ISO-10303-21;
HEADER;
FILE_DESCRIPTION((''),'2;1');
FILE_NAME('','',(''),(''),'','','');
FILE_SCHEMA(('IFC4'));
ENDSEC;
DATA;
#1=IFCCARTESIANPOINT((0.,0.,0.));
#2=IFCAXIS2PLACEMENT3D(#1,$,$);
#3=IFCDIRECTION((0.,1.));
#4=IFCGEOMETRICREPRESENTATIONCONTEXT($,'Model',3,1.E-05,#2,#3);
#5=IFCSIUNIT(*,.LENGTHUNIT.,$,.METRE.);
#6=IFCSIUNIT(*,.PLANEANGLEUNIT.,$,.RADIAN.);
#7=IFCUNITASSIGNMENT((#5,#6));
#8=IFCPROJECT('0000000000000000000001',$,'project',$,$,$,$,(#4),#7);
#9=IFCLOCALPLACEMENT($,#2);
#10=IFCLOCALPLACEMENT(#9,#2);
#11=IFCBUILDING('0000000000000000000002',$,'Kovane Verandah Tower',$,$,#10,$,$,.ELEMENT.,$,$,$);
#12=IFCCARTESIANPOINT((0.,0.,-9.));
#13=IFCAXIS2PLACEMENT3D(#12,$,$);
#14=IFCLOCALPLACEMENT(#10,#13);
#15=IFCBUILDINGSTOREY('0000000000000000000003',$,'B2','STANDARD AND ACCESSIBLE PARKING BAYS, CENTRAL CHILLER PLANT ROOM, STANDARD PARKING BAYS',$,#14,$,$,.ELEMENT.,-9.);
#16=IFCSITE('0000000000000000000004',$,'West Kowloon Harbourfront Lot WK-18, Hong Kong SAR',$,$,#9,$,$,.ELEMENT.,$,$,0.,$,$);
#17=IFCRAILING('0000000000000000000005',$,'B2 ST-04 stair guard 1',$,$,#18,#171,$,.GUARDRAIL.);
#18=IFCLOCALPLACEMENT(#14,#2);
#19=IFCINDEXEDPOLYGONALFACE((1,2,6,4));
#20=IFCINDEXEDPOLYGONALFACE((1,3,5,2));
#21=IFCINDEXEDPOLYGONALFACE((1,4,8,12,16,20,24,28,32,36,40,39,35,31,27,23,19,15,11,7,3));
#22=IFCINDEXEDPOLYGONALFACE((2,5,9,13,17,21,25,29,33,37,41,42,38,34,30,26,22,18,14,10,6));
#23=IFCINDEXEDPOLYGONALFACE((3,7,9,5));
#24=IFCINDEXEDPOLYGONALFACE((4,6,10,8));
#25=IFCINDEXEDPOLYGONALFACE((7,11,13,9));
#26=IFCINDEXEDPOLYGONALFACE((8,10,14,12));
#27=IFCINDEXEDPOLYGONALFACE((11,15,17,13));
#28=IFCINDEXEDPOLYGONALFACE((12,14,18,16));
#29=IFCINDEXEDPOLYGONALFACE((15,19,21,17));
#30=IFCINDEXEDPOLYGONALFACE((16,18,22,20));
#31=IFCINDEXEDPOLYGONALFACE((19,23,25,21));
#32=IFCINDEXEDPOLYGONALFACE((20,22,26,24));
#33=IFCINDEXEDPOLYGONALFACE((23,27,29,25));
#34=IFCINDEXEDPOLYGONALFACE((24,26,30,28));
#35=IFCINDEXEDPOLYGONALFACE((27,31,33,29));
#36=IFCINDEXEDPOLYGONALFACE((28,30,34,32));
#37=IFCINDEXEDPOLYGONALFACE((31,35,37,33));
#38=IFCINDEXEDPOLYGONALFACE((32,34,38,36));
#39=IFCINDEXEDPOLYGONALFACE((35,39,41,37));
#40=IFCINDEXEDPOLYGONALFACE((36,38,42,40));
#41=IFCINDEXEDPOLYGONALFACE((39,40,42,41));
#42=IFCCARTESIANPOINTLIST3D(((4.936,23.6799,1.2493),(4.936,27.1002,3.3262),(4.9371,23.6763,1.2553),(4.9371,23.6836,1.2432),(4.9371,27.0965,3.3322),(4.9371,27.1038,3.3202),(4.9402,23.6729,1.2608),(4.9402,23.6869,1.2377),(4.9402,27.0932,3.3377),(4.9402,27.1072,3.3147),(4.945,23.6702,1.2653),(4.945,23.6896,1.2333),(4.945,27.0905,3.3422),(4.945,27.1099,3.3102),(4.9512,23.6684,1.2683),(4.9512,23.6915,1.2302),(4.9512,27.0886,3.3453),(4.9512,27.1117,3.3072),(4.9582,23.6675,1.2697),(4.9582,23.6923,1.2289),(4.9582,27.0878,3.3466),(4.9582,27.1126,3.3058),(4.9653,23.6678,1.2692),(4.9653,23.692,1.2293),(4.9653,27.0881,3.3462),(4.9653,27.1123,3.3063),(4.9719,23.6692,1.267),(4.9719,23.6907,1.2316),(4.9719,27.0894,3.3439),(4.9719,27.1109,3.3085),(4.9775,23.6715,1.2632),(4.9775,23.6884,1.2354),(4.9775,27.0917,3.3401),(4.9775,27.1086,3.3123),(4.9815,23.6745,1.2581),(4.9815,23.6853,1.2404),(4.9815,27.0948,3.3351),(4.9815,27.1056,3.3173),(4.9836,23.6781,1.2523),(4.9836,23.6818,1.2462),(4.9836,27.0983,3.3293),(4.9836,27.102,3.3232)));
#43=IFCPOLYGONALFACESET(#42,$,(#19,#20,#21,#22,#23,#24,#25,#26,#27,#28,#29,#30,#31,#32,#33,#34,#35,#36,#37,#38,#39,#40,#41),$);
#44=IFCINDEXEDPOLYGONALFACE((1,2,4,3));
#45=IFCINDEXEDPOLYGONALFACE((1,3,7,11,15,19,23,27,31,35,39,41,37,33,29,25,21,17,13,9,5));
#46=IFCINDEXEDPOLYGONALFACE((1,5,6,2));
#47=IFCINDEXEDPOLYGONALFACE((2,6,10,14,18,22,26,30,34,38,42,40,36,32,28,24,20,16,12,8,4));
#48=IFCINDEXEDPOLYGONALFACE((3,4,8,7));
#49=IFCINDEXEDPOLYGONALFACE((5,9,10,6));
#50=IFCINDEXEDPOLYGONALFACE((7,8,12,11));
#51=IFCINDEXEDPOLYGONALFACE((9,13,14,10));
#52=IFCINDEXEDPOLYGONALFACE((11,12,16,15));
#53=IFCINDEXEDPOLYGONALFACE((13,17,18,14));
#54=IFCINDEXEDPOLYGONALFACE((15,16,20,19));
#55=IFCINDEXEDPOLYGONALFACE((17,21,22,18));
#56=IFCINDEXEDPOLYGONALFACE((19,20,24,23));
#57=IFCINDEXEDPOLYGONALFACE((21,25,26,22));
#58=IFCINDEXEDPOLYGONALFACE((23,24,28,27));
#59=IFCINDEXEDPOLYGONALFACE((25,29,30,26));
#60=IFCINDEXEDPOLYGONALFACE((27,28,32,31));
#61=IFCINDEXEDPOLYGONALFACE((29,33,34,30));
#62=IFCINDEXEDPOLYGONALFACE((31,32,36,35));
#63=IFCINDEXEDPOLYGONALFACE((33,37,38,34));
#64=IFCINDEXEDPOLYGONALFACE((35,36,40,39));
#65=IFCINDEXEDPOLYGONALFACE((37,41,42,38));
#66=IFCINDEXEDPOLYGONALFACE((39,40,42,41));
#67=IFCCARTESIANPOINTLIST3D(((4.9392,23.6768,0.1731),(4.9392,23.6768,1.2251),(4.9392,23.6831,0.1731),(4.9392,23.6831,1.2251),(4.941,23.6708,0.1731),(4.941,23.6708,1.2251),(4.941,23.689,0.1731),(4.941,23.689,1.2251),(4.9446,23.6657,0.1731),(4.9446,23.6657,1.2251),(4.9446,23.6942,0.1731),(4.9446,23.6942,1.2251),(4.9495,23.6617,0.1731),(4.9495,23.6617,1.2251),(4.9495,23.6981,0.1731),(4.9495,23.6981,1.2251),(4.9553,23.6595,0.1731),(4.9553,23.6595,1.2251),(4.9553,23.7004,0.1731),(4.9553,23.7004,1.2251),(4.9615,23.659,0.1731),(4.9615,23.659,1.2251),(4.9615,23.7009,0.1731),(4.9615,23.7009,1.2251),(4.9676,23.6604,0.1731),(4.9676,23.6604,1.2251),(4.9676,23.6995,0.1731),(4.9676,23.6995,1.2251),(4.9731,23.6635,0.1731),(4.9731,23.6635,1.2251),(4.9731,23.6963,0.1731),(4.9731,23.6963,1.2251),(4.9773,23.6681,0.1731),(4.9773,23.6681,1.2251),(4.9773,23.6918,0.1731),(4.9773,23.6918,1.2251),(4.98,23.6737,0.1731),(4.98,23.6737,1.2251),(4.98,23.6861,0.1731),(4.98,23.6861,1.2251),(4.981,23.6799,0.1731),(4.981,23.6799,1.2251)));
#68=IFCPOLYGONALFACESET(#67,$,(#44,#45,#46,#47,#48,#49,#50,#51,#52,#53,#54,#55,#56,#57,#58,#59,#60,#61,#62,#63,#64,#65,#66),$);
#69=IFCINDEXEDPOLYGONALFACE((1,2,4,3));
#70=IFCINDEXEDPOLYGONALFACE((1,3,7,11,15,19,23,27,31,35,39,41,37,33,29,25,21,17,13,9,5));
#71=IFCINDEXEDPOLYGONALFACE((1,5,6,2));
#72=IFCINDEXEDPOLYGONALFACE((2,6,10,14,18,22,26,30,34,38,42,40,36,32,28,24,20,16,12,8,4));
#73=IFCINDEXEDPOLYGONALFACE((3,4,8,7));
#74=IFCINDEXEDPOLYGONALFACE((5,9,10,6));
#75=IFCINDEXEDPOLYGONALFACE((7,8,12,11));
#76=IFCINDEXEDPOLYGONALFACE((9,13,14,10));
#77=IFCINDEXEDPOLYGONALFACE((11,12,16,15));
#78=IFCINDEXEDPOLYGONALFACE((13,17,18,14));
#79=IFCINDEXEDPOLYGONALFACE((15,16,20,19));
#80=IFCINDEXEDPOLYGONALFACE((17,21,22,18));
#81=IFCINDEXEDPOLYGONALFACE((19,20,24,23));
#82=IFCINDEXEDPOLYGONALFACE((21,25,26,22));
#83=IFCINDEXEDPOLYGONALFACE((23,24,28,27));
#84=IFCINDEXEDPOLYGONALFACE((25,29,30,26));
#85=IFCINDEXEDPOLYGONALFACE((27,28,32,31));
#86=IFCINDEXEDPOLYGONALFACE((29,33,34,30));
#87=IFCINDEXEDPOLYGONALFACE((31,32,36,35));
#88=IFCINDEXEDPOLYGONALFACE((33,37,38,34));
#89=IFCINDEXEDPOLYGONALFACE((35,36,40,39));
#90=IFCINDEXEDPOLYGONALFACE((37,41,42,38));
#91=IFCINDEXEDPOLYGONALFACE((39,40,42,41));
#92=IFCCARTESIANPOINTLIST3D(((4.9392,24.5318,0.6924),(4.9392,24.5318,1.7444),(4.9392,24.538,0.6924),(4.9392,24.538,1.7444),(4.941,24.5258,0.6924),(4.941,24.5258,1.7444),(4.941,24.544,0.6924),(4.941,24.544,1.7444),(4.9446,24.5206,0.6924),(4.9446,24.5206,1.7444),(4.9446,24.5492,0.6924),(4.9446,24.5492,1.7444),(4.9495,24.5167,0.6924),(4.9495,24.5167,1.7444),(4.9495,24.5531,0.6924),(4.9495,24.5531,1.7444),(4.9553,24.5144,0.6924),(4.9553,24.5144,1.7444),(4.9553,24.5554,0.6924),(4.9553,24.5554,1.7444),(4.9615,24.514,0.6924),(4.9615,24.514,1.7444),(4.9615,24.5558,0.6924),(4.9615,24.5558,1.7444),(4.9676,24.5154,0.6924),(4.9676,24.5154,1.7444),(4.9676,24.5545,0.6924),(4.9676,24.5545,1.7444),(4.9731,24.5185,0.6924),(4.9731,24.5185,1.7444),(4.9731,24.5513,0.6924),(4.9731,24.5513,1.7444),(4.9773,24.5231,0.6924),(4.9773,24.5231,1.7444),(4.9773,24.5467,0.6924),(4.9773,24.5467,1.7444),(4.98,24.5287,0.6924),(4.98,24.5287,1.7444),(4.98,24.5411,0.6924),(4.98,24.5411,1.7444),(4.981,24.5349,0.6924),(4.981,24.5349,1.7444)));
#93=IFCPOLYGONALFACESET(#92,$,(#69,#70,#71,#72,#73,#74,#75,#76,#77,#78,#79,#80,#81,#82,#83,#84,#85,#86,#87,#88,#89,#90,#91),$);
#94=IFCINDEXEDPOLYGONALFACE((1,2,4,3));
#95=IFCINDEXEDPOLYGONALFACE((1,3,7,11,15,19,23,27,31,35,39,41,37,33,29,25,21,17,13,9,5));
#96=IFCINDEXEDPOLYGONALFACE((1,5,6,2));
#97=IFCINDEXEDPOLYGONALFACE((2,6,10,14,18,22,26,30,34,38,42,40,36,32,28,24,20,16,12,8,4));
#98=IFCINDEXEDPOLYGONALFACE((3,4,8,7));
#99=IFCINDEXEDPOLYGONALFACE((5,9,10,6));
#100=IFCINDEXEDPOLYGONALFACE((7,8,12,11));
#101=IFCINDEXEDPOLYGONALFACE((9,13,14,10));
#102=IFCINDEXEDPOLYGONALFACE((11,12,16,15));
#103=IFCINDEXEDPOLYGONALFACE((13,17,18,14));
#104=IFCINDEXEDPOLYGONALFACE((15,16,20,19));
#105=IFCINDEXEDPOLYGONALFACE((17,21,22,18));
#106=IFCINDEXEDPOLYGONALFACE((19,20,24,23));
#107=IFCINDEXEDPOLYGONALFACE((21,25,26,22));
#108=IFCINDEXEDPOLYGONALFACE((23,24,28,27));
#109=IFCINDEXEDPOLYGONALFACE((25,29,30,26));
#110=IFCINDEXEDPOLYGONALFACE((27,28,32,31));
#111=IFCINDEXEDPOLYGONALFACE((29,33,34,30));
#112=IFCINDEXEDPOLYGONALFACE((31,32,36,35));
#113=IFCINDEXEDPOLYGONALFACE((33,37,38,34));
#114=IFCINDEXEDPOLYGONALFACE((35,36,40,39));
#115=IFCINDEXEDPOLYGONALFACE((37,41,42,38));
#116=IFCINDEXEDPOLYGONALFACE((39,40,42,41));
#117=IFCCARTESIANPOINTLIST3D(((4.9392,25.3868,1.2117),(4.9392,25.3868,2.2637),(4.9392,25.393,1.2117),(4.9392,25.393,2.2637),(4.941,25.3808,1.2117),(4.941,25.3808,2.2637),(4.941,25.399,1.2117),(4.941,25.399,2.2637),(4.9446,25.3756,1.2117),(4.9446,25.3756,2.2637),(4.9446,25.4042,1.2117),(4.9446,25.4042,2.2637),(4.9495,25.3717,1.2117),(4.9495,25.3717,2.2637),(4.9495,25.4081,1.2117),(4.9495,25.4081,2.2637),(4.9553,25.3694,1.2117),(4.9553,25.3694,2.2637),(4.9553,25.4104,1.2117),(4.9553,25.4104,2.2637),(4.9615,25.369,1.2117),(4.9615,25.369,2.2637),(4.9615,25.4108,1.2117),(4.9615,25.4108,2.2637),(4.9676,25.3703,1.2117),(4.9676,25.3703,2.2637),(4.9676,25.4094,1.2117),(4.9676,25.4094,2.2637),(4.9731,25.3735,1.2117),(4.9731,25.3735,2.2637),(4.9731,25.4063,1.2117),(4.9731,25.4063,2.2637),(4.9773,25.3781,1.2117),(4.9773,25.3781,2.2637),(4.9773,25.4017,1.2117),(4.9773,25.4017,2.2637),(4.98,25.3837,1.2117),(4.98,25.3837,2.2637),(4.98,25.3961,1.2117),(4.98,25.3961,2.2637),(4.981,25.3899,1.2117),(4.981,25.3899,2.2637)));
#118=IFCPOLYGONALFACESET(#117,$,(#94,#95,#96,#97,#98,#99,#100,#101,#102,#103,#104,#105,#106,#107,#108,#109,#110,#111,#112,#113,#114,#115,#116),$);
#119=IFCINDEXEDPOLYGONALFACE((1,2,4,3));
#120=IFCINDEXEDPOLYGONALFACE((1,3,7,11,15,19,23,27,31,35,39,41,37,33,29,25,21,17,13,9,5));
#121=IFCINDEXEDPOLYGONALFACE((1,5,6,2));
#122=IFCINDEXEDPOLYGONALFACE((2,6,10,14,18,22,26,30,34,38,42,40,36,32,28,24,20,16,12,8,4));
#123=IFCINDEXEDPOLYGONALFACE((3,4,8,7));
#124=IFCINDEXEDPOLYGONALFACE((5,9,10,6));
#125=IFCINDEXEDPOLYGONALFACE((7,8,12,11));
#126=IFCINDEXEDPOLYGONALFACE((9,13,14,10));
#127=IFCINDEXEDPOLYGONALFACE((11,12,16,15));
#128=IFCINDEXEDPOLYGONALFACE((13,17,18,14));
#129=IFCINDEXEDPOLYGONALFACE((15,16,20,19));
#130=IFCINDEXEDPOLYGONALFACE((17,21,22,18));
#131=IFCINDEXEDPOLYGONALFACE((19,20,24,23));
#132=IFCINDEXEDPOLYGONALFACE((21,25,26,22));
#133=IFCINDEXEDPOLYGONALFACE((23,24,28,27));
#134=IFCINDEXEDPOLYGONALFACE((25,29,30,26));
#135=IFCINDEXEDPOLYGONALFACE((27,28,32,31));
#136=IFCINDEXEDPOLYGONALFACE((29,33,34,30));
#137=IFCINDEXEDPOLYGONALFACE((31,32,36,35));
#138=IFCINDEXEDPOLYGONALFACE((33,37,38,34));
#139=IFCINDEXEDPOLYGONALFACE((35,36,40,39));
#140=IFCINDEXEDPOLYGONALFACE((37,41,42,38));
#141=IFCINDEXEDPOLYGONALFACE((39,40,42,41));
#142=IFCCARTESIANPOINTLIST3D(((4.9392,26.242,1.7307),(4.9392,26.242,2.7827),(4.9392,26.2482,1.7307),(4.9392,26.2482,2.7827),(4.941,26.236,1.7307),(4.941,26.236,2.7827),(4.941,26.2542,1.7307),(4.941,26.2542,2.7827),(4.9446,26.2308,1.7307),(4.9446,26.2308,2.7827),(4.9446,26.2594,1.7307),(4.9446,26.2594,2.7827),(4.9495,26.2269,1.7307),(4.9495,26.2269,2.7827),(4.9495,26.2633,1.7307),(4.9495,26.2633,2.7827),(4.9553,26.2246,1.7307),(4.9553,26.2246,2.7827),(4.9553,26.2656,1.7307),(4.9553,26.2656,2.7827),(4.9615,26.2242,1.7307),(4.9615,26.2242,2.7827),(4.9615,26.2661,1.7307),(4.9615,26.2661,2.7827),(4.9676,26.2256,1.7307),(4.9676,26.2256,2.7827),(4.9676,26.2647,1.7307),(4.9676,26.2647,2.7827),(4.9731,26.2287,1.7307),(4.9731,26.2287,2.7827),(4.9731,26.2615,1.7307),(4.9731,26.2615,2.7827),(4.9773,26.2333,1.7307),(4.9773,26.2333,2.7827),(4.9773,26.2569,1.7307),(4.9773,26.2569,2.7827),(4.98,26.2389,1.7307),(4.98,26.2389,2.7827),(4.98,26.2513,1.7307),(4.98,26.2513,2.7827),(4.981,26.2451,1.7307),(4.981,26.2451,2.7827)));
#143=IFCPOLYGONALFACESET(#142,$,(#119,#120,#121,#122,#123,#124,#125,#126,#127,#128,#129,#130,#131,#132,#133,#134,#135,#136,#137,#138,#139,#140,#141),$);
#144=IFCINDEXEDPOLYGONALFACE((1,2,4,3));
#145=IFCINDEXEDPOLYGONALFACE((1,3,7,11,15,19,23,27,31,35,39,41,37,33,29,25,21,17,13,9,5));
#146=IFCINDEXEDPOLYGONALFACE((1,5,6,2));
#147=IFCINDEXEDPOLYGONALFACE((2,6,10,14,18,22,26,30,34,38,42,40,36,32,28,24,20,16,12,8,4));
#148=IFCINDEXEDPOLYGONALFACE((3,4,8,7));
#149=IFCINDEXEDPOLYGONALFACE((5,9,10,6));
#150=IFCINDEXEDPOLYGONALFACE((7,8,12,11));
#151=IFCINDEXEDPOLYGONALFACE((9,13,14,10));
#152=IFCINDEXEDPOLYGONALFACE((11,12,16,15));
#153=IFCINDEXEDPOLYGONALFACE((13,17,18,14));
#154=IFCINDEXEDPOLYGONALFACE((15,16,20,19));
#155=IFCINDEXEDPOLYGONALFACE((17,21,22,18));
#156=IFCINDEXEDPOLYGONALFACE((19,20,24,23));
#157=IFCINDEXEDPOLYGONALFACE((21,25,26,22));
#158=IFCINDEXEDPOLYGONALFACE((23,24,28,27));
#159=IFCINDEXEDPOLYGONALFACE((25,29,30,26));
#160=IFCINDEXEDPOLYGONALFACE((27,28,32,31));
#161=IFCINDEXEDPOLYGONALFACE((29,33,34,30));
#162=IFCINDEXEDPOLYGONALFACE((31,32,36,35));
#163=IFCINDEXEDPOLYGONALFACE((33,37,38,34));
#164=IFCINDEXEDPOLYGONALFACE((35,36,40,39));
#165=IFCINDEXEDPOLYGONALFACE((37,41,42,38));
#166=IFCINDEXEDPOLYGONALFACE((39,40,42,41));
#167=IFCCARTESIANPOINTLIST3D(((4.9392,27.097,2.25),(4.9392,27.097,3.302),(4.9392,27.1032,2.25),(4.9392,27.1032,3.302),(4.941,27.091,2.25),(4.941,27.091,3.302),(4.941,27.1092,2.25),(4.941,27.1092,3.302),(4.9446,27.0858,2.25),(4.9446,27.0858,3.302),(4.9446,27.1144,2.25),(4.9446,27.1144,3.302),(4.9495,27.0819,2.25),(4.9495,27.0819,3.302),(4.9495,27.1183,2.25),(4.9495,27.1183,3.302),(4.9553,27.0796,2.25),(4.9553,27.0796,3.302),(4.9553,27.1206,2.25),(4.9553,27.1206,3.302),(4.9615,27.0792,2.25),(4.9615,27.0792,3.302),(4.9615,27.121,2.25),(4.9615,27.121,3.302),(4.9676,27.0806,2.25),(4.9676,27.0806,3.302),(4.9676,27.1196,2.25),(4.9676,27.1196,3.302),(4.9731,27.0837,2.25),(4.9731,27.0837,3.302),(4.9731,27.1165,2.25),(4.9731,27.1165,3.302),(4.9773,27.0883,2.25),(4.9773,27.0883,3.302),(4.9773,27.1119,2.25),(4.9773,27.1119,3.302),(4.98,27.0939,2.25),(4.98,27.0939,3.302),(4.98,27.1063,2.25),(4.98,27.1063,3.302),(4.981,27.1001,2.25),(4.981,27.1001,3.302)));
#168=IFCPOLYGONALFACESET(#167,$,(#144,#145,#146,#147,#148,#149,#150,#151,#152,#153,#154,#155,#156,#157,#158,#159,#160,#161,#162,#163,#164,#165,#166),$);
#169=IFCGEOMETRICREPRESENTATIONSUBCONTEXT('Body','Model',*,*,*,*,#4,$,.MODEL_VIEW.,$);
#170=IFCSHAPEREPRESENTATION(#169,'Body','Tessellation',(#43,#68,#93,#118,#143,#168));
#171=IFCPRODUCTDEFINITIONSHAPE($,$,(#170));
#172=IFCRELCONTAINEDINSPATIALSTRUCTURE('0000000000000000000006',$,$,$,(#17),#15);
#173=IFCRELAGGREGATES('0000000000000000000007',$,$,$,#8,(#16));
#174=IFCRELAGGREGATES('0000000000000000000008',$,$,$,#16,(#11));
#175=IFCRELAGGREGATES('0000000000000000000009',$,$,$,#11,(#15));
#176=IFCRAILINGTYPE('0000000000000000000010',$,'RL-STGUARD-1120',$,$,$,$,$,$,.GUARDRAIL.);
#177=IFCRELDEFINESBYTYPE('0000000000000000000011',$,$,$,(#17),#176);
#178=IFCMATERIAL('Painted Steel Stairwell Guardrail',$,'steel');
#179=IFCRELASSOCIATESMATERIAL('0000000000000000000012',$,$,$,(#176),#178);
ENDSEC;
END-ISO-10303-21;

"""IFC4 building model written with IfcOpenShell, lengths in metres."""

from ifc_helpers import new_model, si_unit, direction, frame, origin, origin_2d, place, context, subcontext, project, spatial, circle, extrude, material, type_object, element, save


model = new_model("IFC4")

# Units and contexts
model_context = context("Model", 3, precision=1e-05, world=origin(), true_north=direction((0.0, 1.0)))
body_context = subcontext(model_context, "Body", "Model", "MODEL_VIEW")
ifc_project = project(units=[si_unit("LENGTHUNIT", "METRE"), si_unit("PLANEANGLEUNIT", "RADIAN")], contexts=[model_context])

# Site, building, storey
site_placement = place(None, origin())
site = spatial("IfcSite", under=ifc_project, at=site_placement, Name="West Kowloon Harbourfront Lot WK-18, Hong Kong SAR", CompositionType="ELEMENT", RefElevation=0.0)
building_placement = place(site_placement, origin())
building = spatial("IfcBuilding", under=site, at=building_placement, Name="Kovane Verandah Tower", CompositionType="ELEMENT")
storey_placement = place(building_placement, frame((0.0, 0.0, -9.0)))
storey = spatial("IfcBuildingStorey", under=building, at=storey_placement, Name="B2", Description="STANDARD AND ACCESSIBLE PARKING BAYS, CENTRAL CHILLER PLANT ROOM, STANDARD PARKING BAYS", CompositionType="ELEMENT", Elevation=-9.0)

# Railing
ifc_material_1 = material(Name="Painted Steel Stairwell Guardrail", Category="steel")
railing_type_1 = type_object("IfcRailingType", Name="RL-STGUARD-1120", PredefinedType="GUARDRAIL", material=ifc_material_1)
railing_1_placement = place(storey_placement, frame((4.96, 23.6799, 0.1731)))
element("IfcRailing", 1, at=railing_1_placement, inside=storey, type_object=railing_type_1, Name="B2 ST-04 stair guard 1", PredefinedType="GUARDRAIL", context=body_context, shape_type="SweptSolid", body=[
    extrude(circle(Radius=0.0239, at=origin_2d()), frame((0.0, 0.0, 1.0762), z_axis=(0.0, 0.854746, 0.519047), x_axis=(-1.0, 0.0, 0.0)), (0.0, 0.0, 1.0), 4.0015),
    extrude(circle(Radius=0.021, at=origin_2d()), origin(), (0.0, 0.0, 1.0), 1.052),
    extrude(circle(Radius=0.021, at=origin_2d()), frame((0.0, 0.855, 0.5193)), (0.0, 0.0, 1.0), 1.052),
    extrude(circle(Radius=0.021, at=origin_2d()), frame((0.0, 1.71, 1.0386)), (0.0, 0.0, 1.0), 1.052),
    extrude(circle(Radius=0.021, at=origin_2d()), frame((0.0, 2.5652, 1.5576)), (0.0, 0.0, 1.0), 1.052),
    extrude(circle(Radius=0.021, at=origin_2d()), frame((0.0, 3.4202, 2.0769)), (0.0, 0.0, 1.0), 1.052),
])

save(model, "model.ifc")
